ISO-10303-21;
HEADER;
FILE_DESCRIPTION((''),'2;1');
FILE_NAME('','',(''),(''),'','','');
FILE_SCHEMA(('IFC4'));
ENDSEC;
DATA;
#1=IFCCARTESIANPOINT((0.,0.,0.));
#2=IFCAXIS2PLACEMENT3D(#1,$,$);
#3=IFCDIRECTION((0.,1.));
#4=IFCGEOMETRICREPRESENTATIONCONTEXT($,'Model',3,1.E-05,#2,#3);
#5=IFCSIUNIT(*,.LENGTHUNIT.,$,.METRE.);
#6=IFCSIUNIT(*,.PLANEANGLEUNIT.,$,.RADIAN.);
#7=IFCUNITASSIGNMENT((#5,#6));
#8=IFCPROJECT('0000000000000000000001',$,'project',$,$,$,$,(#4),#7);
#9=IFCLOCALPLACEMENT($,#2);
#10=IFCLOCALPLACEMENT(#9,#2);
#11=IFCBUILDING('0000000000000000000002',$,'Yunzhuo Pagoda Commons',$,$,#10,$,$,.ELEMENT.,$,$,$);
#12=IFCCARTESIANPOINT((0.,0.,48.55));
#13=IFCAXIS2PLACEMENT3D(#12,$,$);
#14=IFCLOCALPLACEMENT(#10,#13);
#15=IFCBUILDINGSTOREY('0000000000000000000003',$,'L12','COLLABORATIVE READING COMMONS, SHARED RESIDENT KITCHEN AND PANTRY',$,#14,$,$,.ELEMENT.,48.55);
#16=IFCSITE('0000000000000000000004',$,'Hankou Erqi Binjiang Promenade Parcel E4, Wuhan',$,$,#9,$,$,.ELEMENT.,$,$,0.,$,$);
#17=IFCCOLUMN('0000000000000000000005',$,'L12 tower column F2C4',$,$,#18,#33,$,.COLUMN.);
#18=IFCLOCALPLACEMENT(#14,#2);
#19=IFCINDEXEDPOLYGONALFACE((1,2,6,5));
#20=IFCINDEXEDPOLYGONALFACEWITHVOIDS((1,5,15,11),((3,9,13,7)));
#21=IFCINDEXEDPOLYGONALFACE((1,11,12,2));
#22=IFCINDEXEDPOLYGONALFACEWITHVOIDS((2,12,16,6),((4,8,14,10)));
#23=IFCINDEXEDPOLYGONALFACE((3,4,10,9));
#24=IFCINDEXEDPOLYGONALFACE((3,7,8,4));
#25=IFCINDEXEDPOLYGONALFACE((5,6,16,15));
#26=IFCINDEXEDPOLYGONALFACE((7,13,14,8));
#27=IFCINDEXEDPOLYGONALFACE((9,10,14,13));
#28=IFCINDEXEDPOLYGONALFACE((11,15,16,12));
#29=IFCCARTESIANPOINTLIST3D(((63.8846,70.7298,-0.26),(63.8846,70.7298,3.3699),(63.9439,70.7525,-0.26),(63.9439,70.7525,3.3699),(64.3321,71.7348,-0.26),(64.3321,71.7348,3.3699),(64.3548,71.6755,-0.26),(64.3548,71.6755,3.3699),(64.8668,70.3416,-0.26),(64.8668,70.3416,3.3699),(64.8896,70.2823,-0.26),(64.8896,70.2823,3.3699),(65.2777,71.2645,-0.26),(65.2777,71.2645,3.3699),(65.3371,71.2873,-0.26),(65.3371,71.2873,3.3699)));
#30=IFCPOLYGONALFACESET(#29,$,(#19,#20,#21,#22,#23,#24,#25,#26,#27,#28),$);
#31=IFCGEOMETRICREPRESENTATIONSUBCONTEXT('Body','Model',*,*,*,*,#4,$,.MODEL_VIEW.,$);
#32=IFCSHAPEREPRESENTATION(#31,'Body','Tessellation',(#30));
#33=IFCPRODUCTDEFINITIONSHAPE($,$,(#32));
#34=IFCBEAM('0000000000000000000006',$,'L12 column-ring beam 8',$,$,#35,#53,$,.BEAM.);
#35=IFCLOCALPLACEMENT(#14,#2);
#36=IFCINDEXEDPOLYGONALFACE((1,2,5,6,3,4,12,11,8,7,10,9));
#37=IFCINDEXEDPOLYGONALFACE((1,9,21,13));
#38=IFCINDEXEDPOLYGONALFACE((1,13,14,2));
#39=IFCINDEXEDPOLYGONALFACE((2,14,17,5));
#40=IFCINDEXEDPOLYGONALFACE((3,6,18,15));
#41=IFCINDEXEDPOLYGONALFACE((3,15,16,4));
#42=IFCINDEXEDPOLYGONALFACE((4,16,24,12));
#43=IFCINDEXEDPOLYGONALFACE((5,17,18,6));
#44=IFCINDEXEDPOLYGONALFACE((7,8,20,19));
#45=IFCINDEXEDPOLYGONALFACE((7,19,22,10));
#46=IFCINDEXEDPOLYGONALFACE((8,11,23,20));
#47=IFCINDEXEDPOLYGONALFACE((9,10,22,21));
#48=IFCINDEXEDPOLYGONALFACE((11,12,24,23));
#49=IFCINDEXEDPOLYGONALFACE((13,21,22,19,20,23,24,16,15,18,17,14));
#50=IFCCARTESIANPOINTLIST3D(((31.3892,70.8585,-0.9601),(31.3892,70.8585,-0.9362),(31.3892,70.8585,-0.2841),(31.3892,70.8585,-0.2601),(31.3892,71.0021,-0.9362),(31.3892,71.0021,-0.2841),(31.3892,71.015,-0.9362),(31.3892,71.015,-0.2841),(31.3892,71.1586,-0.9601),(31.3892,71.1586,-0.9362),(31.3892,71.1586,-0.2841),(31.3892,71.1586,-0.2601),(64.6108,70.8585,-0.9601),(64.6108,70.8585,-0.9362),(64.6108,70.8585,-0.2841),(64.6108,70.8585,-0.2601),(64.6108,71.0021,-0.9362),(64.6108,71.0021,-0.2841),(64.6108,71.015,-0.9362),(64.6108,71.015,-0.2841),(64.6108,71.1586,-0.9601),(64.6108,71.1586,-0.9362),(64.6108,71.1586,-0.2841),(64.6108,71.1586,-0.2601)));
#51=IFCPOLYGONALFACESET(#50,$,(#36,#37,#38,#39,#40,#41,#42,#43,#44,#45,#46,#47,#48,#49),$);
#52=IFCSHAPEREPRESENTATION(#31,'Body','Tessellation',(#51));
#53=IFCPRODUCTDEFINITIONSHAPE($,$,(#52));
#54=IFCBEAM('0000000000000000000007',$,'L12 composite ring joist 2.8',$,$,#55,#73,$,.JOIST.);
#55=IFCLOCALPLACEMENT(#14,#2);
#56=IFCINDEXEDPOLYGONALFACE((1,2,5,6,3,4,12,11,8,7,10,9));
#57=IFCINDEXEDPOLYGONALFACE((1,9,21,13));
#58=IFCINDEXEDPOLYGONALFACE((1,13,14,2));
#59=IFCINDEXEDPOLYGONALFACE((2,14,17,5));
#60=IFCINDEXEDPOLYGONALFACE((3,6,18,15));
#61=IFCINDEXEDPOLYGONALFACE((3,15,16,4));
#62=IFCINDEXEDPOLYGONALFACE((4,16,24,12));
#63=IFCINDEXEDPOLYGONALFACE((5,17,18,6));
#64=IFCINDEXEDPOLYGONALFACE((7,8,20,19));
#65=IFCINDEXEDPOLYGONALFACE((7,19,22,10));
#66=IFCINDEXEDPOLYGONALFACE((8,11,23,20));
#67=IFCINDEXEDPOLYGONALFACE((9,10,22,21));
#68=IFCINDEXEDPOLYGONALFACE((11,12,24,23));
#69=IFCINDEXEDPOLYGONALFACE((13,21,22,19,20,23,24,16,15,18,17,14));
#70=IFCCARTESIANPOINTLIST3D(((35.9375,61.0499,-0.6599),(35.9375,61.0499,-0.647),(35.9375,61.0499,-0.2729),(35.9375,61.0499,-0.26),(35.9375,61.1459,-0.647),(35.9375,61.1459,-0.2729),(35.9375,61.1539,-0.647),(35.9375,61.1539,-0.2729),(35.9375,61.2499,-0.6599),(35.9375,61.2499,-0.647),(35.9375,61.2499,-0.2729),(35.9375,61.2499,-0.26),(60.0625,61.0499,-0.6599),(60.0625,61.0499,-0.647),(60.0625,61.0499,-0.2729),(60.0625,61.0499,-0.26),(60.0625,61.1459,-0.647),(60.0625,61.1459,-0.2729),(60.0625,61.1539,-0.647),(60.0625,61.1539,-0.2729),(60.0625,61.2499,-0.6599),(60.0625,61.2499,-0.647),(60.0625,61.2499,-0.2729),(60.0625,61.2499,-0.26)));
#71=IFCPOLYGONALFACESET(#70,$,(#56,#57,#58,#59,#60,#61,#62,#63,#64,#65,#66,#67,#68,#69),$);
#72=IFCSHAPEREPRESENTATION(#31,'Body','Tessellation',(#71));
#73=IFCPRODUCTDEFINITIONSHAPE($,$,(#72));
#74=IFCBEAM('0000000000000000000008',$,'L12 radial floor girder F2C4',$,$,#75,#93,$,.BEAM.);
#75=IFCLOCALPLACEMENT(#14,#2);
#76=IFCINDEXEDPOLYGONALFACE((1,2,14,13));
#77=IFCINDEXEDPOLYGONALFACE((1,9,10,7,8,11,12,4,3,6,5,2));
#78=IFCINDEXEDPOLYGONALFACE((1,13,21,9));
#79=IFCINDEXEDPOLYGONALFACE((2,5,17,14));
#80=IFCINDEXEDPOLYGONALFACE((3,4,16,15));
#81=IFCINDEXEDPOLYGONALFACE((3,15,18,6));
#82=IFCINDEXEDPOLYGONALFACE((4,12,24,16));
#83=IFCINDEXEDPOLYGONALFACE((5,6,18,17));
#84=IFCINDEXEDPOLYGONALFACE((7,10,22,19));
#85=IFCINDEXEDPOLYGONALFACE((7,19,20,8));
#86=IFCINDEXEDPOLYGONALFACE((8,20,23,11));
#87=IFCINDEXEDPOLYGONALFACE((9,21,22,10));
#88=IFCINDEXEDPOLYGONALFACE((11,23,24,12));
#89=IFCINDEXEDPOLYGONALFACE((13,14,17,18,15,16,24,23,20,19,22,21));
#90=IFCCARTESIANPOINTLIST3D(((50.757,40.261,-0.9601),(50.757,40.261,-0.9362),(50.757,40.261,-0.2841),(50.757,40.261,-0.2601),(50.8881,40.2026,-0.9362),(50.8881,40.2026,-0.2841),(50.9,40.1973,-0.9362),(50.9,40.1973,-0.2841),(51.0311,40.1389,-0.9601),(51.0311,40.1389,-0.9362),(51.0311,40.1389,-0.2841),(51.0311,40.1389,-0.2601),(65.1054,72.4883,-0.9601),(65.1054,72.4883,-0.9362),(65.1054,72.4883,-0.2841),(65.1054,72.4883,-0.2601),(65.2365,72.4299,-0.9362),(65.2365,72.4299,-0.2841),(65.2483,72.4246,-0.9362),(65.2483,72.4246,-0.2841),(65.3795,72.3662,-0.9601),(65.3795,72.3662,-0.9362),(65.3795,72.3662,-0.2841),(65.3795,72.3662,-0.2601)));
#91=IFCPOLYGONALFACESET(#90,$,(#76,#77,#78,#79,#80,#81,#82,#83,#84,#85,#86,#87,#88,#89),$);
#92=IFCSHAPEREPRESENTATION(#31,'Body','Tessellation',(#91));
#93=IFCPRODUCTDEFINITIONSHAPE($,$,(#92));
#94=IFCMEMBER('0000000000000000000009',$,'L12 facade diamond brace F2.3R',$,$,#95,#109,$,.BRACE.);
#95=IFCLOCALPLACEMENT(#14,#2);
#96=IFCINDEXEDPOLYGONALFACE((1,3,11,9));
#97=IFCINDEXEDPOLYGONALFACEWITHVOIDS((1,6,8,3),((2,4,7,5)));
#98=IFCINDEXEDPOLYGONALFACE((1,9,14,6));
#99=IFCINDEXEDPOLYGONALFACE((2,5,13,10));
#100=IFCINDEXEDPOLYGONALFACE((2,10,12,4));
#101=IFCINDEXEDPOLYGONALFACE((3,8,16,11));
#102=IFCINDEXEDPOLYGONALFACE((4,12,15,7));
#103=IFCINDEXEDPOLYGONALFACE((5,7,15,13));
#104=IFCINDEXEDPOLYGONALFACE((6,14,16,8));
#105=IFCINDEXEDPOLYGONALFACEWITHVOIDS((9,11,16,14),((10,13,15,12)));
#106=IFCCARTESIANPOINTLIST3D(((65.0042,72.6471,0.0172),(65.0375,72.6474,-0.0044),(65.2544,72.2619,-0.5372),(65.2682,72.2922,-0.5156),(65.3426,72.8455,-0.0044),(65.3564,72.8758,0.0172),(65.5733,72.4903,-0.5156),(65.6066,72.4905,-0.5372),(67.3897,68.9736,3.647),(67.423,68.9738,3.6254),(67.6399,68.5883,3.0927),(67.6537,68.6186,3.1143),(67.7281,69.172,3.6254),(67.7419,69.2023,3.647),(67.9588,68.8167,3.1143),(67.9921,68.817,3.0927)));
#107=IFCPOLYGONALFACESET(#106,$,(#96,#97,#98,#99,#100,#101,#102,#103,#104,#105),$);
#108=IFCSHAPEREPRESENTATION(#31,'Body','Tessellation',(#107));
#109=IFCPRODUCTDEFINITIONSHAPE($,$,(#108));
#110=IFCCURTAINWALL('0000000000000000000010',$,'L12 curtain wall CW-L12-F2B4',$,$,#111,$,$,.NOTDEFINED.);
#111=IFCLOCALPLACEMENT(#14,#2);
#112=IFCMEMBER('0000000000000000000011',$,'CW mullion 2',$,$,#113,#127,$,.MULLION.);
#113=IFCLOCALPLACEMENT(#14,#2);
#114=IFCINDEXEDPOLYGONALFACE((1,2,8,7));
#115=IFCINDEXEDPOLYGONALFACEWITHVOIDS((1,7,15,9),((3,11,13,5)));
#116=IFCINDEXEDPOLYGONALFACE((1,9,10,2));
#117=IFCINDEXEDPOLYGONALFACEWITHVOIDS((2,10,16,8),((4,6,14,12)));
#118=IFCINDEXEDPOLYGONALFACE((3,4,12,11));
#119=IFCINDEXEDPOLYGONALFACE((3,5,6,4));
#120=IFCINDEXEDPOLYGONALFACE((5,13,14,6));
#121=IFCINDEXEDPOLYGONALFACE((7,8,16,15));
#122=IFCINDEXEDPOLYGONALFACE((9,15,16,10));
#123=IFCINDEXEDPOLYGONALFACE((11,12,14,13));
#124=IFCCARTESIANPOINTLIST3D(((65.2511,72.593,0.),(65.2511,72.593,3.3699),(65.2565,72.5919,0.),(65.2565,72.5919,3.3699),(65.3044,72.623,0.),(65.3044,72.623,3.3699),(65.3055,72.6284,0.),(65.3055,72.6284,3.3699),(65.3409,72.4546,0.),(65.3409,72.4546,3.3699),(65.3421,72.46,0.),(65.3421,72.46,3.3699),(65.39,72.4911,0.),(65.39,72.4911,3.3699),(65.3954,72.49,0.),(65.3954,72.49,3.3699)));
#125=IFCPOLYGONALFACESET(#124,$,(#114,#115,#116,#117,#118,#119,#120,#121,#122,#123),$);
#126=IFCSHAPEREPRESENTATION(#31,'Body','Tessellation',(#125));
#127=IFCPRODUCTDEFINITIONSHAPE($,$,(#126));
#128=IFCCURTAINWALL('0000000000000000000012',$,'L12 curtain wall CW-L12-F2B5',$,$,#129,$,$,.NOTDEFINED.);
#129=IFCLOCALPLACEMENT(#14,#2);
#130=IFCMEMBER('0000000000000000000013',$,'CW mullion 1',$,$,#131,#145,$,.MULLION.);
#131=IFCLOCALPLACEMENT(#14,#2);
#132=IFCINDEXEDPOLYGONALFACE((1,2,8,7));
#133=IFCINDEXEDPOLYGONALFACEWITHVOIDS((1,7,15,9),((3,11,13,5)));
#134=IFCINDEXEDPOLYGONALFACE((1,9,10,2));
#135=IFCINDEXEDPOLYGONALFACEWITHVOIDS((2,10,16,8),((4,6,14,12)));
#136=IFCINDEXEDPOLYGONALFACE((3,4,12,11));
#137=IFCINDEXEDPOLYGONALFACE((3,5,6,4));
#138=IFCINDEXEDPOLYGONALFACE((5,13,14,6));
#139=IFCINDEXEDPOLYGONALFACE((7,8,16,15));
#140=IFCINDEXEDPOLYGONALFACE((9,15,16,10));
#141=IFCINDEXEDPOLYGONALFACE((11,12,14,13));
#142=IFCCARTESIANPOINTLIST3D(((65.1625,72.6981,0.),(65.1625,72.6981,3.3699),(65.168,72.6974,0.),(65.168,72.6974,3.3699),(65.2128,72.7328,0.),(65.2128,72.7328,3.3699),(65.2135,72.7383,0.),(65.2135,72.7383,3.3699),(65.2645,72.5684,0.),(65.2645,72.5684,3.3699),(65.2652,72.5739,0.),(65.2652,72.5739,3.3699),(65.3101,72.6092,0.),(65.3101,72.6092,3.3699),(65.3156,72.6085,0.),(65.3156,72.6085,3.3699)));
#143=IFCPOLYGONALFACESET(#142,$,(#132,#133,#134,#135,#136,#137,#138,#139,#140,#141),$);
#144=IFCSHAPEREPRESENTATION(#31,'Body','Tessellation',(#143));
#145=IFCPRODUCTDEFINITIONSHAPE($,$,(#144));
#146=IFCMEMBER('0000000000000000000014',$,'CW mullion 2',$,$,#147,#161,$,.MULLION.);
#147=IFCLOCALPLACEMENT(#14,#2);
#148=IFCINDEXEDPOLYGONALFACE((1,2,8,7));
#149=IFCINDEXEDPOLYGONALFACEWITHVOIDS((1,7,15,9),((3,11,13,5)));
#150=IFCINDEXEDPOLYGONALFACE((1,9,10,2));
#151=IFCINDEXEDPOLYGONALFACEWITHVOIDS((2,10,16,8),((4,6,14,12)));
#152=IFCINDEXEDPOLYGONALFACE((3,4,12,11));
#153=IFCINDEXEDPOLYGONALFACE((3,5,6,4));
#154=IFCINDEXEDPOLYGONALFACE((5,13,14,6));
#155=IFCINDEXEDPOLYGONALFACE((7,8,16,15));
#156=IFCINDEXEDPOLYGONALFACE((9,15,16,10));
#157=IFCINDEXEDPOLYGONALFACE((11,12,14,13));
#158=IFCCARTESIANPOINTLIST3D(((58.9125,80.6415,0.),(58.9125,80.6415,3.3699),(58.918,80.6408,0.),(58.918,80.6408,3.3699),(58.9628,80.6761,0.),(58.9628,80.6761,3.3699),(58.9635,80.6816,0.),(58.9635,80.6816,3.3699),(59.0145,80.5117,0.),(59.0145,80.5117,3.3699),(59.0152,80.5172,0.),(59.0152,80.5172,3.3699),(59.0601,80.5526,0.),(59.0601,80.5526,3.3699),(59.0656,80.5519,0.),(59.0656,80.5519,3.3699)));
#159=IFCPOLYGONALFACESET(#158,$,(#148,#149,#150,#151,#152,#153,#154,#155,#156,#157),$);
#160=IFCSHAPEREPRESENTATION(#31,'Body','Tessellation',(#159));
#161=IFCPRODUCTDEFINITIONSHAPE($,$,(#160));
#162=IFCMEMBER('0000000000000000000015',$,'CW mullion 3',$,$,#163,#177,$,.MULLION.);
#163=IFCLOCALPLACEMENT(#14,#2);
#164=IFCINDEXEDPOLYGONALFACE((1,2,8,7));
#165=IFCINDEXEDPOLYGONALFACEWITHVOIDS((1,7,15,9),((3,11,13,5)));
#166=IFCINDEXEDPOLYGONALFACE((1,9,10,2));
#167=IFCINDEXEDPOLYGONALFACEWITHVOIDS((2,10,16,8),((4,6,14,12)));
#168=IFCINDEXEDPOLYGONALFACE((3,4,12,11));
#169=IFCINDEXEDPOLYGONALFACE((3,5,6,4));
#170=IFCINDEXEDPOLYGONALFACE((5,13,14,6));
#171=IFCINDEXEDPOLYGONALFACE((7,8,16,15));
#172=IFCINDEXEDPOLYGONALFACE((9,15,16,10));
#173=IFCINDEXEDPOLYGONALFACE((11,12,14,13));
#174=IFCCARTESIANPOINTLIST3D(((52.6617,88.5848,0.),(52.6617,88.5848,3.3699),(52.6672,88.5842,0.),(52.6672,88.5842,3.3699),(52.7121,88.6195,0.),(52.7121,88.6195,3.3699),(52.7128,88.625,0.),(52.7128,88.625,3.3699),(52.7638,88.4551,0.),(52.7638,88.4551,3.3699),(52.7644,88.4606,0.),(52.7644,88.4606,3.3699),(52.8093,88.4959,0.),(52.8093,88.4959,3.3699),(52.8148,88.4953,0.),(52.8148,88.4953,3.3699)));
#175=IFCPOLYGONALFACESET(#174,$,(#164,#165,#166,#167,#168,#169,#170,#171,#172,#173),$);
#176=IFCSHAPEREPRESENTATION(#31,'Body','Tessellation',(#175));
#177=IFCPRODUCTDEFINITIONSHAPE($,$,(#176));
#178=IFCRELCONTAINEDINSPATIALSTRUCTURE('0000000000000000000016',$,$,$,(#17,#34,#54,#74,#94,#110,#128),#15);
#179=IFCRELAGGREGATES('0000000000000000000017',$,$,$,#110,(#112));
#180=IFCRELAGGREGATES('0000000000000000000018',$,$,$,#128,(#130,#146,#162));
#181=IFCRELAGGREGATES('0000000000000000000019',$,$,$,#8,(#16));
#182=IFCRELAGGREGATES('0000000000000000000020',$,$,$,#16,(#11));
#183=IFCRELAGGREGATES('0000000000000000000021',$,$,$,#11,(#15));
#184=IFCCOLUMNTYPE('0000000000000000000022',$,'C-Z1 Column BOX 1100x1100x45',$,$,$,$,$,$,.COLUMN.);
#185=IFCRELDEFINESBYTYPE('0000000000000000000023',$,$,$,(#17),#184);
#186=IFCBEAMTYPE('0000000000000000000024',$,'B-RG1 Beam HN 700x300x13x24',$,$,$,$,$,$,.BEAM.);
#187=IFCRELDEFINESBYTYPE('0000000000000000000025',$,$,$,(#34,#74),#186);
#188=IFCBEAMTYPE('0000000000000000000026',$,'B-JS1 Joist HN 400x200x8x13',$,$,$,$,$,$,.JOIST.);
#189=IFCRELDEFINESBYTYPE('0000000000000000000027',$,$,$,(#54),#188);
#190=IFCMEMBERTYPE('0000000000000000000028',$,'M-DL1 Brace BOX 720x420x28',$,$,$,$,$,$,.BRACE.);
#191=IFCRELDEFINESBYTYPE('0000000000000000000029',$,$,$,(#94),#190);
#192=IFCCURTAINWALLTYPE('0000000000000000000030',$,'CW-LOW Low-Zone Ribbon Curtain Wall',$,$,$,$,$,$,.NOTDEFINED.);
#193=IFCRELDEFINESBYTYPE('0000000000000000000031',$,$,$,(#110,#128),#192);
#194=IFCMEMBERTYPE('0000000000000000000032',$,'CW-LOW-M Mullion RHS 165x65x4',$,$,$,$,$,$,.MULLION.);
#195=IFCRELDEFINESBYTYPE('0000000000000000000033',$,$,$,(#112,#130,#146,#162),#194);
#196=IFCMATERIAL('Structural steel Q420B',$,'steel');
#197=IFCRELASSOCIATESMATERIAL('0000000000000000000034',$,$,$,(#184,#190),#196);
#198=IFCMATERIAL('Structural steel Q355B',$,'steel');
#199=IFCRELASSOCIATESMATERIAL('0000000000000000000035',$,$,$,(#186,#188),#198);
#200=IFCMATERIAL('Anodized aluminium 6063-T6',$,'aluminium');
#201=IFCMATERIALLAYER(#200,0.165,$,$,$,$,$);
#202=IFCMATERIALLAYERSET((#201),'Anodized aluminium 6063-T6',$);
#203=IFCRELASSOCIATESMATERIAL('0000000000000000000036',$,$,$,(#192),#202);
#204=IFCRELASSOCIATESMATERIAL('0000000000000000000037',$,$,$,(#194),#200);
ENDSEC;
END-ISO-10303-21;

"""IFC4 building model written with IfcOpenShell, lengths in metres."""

from ifc_helpers import new_model, si_unit, direction, frame, origin, origin_2d, place, context, subcontext, project, spatial, hollow_rectangle, i_section, extrude, source, transform, mapped, material, layer, layer_set, material_profile, profile_set, type_object, element, aggregate, save


model = new_model("IFC4")

# Units and contexts
model_context = context("Model", 3, precision=1e-05, world=origin(), true_north=direction((0.0, 1.0)))
body_context = subcontext(model_context, "Body", "Model", "MODEL_VIEW")
ifc_project = project(units=[si_unit("LENGTHUNIT", "METRE"), si_unit("PLANEANGLEUNIT", "RADIAN")], contexts=[model_context])

# Site, building, storey
site_placement = place(None, origin())
site = spatial("IfcSite", under=ifc_project, at=site_placement, Name="Hankou Erqi Binjiang Promenade Parcel E4, Wuhan", CompositionType="ELEMENT", RefElevation=0.0)
building_placement = place(site_placement, origin())
building = spatial("IfcBuilding", under=site, at=building_placement, Name="Yunzhuo Pagoda Commons", CompositionType="ELEMENT")
storey_placement = place(building_placement, frame((0.0, 0.0, 48.55)))
storey = spatial("IfcBuildingStorey", under=building, at=storey_placement, Name="L12", Description="COLLABORATIVE READING COMMONS, SHARED RESIDENT KITCHEN AND PANTRY", CompositionType="ELEMENT", Elevation=48.55)

# Column
ifc_material_1 = material(Name="Structural steel Q420B", Category="steel")
ifc_material_profile_1 = material_profile(ifc_material_1, hollow_rectangle(XDim=1.1001, YDim=1.1001, WallThickness=0.0449, at=origin_2d()), Name="Structural steel Q420B")
ifc_profile_set_1 = profile_set([ifc_material_profile_1], Name="Structural steel Q420B")
column_type = type_object("IfcColumnType", Name="C-Z1 Column BOX 1100x1100x45", PredefinedType="COLUMN", material=ifc_profile_set_1)
shared_shape_1 = source(origin(), body_context, "Body", "SweptSolid", [
    extrude(hollow_rectangle(XDim=1.1001, YDim=1.1001, WallThickness=0.0449, at=origin_2d()), origin(), (0.0, 0.0, 1.0), 3.6299),
])
column_placement = place(storey_placement, frame((64.6108, 71.0085, -0.26), z_axis=(0.0, 0.0, 1.0), x_axis=(-0.913545, 0.406737, 0.0)))
element("IfcColumn", 1, at=column_placement, inside=storey, type_object=column_type, Name="L12 tower column F2C4", PredefinedType="COLUMN", context=body_context, shape_type="MappedRepresentation", body=[
    mapped(shared_shape_1, transform((0.0, 0.0, 0.0), scale=1.0)),
])

# Beams
ifc_material_2 = material(Name="Structural steel Q355B", Category="steel")
ifc_material_profile_2 = material_profile(ifc_material_2, i_section(OverallWidth=0.3, OverallDepth=0.7, WebThickness=0.0129, FlangeThickness=0.0239, at=origin_2d()), Name="Structural steel Q355B")
ifc_profile_set_2 = profile_set([ifc_material_profile_2], Name="Structural steel Q355B")
beam_type_1 = type_object("IfcBeamType", Name="B-RG1 Beam HN 700x300x13x24", PredefinedType="BEAM", material=ifc_profile_set_2)
shared_shape_2 = source(origin(), body_context, "Body", "SweptSolid", [
    extrude(i_section(OverallWidth=0.3, OverallDepth=0.7, WebThickness=0.0129, FlangeThickness=0.0239, at=origin_2d()), origin(), (0.0, 0.0, 1.0), 33.2217),
])
beam_1_placement = place(storey_placement, frame((64.6108, 71.0085, -0.6101), z_axis=(-1.0, 0.0, 0.0), x_axis=(0.0, -1.0, 0.0)))
element("IfcBeam", 2, at=beam_1_placement, inside=storey, type_object=beam_type_1, Name="L12 column-ring beam 8", PredefinedType="BEAM", context=body_context, shape_type="MappedRepresentation", body=[
    mapped(shared_shape_2, transform((0.0, 0.0, 0.0), scale=1.0)),
])
ifc_material_profile_3 = material_profile(ifc_material_2, i_section(OverallWidth=0.2, OverallDepth=0.3999, WebThickness=0.0081, FlangeThickness=0.0129, at=origin_2d()), Name="Structural steel Q355B")
ifc_profile_set_3 = profile_set([ifc_material_profile_3], Name="Structural steel Q355B")
beam_type_2 = type_object("IfcBeamType", Name="B-JS1 Joist HN 400x200x8x13", PredefinedType="JOIST", material=ifc_profile_set_3)
shared_shape_3 = source(origin(), body_context, "Body", "SweptSolid", [
    extrude(i_section(OverallWidth=0.2, OverallDepth=0.3999, WebThickness=0.0081, FlangeThickness=0.0129, at=origin_2d()), origin(), (0.0, 0.0, 1.0), 24.125),
])
beam_2_placement = place(storey_placement, frame((60.0625, 61.1499, -0.46), z_axis=(-1.0, 0.0, 0.0), x_axis=(0.0, -1.0, 0.0)))
element("IfcBeam", 3, at=beam_2_placement, inside=storey, type_object=beam_type_2, Name="L12 composite ring joist 2.8", PredefinedType="JOIST", context=body_context, shape_type="MappedRepresentation", body=[
    mapped(shared_shape_3, transform((0.0, 0.0, 0.0), scale=1.0)),
])
shared_shape_4 = source(origin(), body_context, "Body", "SweptSolid", [
    extrude(i_section(OverallWidth=0.3, OverallDepth=0.7, WebThickness=0.0129, FlangeThickness=0.0239, at=origin_2d()), origin(), (0.0, 0.0, 1.0), 35.2771),
])
beam_3_placement = place(storey_placement, frame((65.2424, 72.4272, -0.6101), z_axis=(-0.406734, -0.913547, 0.0), x_axis=(0.913547, -0.406734, 0.0)))
element("IfcBeam", 4, at=beam_3_placement, inside=storey, type_object=beam_type_1, Name="L12 radial floor girder F2C4", PredefinedType="BEAM", context=body_context, shape_type="MappedRepresentation", body=[
    mapped(shared_shape_4, transform((0.0, 0.0, 0.0), scale=1.0)),
])

# Member
ifc_material_profile_4 = material_profile(ifc_material_1, hollow_rectangle(XDim=0.4199, YDim=0.72, WallThickness=0.0281, at=origin_2d()), Name="Structural steel Q420B")
ifc_profile_set_4 = profile_set([ifc_material_profile_4], Name="Structural steel Q420B")
member_type_1 = type_object("IfcMemberType", Name="M-DL1 Brace BOX 720x420x28", PredefinedType="BRACE", material=ifc_profile_set_4)
shared_shape_5 = source(origin(), body_context, "Body", "SweptSolid", [
    extrude(hollow_rectangle(XDim=0.4199, YDim=0.72, WallThickness=0.0281, at=origin_2d()), origin(), (0.0, 0.0, 1.0), 5.6887),
])
member_1_placement = place(storey_placement, frame((65.3054, 72.5688, -0.26), z_axis=(0.419336, -0.645763, 0.638081), x_axis=(0.838687, 0.544614, 0.0)))
element("IfcMember", 5, at=member_1_placement, inside=storey, type_object=member_type_1, Name="L12 facade diamond brace F2.3R", PredefinedType="BRACE", context=body_context, shape_type="MappedRepresentation", body=[
    mapped(shared_shape_5, transform((0.0, 0.0, 0.0), scale=1.0)),
])

# Curtain wall, member
ifc_material_3 = material(Name="Anodized aluminium 6063-T6", Category="aluminium")
ifc_layer_1 = layer(ifc_material_3, 0.165)
ifc_layer_set_1 = layer_set([ifc_layer_1], Name="Anodized aluminium 6063-T6")
curtain_wall_type = type_object("IfcCurtainWallType", Name="CW-LOW Low-Zone Ribbon Curtain Wall", PredefinedType="NOTDEFINED", material=ifc_layer_set_1)
curtain_wall_1_placement = place(storey_placement, origin())
curtain_wall_1 = element("IfcCurtainWall", 6, at=curtain_wall_1_placement, inside=storey, type_object=curtain_wall_type, Name="L12 curtain wall CW-L12-F2B4", PredefinedType="NOTDEFINED")
ifc_material_profile_5 = material_profile(ifc_material_3, hollow_rectangle(XDim=0.0649, YDim=0.165, WallThickness=0.0039, at=origin_2d()), Name="Anodized aluminium 6063-T6")
ifc_profile_set_5 = profile_set([ifc_material_profile_5], Name="Anodized aluminium 6063-T6")
member_type_2 = type_object("IfcMemberType", Name="CW-LOW-M Mullion RHS 165x65x4", PredefinedType="MULLION", material=ifc_profile_set_5)
shared_shape_6 = source(origin(), body_context, "Body", "SweptSolid", [
    extrude(hollow_rectangle(XDim=0.0649, YDim=0.165, WallThickness=0.0039, at=origin_2d()), origin(), (0.0, 0.0, 1.0), 3.3699),
])
member_2_placement = place(storey_placement, frame((65.3232, 72.5415, 0.0), z_axis=(0.0, 0.0, 1.0), x_axis=(-0.83871, -0.544579, 0.0)))
member_2 = element("IfcMember", 7, at=member_2_placement, type_object=member_type_2, Name="CW mullion 2", PredefinedType="MULLION", context=body_context, shape_type="MappedRepresentation", body=[
    mapped(shared_shape_6, transform((0.0, 0.0, 0.0), scale=1.0)),
])

# Curtain wall, members
curtain_wall_2_placement = place(storey_placement, origin())
curtain_wall_2 = element("IfcCurtainWall", 8, at=curtain_wall_2_placement, inside=storey, type_object=curtain_wall_type, Name="L12 curtain wall CW-L12-F2B5", PredefinedType="NOTDEFINED")
member_3_placement = place(storey_placement, frame((65.239, 72.6533, 0.0), z_axis=(0.0, 0.0, 1.0), x_axis=(-0.785883, -0.618375, 0.0)))
member_3 = element("IfcMember", 9, at=member_3_placement, type_object=member_type_2, Name="CW mullion 1", PredefinedType="MULLION", context=body_context, shape_type="MappedRepresentation", body=[
    mapped(shared_shape_6, transform((0.0, 0.0, 0.0), scale=1.0)),
])
member_4_placement = place(storey_placement, frame((58.989, 80.5967, 0.0), z_axis=(0.0, 0.0, 1.0), x_axis=(-0.785883, -0.618375, 0.0)))
member_4 = element("IfcMember", 10, at=member_4_placement, type_object=member_type_2, Name="CW mullion 2", PredefinedType="MULLION", context=body_context, shape_type="MappedRepresentation", body=[
    mapped(shared_shape_6, transform((0.0, 0.0, 0.0), scale=1.0)),
])
member_5_placement = place(storey_placement, frame((52.7383, 88.54, 0.0), z_axis=(0.0, 0.0, 1.0), x_axis=(-0.785883, -0.618375, 0.0)))
member_5 = element("IfcMember", 11, at=member_5_placement, type_object=member_type_2, Name="CW mullion 3", PredefinedType="MULLION", context=body_context, shape_type="MappedRepresentation", body=[
    mapped(shared_shape_6, transform((0.0, 0.0, 0.0), scale=1.0)),
])

aggregate(curtain_wall_1, [member_2])

aggregate(curtain_wall_2, [member_3, member_4, member_5])

save(model, "model.ifc")
